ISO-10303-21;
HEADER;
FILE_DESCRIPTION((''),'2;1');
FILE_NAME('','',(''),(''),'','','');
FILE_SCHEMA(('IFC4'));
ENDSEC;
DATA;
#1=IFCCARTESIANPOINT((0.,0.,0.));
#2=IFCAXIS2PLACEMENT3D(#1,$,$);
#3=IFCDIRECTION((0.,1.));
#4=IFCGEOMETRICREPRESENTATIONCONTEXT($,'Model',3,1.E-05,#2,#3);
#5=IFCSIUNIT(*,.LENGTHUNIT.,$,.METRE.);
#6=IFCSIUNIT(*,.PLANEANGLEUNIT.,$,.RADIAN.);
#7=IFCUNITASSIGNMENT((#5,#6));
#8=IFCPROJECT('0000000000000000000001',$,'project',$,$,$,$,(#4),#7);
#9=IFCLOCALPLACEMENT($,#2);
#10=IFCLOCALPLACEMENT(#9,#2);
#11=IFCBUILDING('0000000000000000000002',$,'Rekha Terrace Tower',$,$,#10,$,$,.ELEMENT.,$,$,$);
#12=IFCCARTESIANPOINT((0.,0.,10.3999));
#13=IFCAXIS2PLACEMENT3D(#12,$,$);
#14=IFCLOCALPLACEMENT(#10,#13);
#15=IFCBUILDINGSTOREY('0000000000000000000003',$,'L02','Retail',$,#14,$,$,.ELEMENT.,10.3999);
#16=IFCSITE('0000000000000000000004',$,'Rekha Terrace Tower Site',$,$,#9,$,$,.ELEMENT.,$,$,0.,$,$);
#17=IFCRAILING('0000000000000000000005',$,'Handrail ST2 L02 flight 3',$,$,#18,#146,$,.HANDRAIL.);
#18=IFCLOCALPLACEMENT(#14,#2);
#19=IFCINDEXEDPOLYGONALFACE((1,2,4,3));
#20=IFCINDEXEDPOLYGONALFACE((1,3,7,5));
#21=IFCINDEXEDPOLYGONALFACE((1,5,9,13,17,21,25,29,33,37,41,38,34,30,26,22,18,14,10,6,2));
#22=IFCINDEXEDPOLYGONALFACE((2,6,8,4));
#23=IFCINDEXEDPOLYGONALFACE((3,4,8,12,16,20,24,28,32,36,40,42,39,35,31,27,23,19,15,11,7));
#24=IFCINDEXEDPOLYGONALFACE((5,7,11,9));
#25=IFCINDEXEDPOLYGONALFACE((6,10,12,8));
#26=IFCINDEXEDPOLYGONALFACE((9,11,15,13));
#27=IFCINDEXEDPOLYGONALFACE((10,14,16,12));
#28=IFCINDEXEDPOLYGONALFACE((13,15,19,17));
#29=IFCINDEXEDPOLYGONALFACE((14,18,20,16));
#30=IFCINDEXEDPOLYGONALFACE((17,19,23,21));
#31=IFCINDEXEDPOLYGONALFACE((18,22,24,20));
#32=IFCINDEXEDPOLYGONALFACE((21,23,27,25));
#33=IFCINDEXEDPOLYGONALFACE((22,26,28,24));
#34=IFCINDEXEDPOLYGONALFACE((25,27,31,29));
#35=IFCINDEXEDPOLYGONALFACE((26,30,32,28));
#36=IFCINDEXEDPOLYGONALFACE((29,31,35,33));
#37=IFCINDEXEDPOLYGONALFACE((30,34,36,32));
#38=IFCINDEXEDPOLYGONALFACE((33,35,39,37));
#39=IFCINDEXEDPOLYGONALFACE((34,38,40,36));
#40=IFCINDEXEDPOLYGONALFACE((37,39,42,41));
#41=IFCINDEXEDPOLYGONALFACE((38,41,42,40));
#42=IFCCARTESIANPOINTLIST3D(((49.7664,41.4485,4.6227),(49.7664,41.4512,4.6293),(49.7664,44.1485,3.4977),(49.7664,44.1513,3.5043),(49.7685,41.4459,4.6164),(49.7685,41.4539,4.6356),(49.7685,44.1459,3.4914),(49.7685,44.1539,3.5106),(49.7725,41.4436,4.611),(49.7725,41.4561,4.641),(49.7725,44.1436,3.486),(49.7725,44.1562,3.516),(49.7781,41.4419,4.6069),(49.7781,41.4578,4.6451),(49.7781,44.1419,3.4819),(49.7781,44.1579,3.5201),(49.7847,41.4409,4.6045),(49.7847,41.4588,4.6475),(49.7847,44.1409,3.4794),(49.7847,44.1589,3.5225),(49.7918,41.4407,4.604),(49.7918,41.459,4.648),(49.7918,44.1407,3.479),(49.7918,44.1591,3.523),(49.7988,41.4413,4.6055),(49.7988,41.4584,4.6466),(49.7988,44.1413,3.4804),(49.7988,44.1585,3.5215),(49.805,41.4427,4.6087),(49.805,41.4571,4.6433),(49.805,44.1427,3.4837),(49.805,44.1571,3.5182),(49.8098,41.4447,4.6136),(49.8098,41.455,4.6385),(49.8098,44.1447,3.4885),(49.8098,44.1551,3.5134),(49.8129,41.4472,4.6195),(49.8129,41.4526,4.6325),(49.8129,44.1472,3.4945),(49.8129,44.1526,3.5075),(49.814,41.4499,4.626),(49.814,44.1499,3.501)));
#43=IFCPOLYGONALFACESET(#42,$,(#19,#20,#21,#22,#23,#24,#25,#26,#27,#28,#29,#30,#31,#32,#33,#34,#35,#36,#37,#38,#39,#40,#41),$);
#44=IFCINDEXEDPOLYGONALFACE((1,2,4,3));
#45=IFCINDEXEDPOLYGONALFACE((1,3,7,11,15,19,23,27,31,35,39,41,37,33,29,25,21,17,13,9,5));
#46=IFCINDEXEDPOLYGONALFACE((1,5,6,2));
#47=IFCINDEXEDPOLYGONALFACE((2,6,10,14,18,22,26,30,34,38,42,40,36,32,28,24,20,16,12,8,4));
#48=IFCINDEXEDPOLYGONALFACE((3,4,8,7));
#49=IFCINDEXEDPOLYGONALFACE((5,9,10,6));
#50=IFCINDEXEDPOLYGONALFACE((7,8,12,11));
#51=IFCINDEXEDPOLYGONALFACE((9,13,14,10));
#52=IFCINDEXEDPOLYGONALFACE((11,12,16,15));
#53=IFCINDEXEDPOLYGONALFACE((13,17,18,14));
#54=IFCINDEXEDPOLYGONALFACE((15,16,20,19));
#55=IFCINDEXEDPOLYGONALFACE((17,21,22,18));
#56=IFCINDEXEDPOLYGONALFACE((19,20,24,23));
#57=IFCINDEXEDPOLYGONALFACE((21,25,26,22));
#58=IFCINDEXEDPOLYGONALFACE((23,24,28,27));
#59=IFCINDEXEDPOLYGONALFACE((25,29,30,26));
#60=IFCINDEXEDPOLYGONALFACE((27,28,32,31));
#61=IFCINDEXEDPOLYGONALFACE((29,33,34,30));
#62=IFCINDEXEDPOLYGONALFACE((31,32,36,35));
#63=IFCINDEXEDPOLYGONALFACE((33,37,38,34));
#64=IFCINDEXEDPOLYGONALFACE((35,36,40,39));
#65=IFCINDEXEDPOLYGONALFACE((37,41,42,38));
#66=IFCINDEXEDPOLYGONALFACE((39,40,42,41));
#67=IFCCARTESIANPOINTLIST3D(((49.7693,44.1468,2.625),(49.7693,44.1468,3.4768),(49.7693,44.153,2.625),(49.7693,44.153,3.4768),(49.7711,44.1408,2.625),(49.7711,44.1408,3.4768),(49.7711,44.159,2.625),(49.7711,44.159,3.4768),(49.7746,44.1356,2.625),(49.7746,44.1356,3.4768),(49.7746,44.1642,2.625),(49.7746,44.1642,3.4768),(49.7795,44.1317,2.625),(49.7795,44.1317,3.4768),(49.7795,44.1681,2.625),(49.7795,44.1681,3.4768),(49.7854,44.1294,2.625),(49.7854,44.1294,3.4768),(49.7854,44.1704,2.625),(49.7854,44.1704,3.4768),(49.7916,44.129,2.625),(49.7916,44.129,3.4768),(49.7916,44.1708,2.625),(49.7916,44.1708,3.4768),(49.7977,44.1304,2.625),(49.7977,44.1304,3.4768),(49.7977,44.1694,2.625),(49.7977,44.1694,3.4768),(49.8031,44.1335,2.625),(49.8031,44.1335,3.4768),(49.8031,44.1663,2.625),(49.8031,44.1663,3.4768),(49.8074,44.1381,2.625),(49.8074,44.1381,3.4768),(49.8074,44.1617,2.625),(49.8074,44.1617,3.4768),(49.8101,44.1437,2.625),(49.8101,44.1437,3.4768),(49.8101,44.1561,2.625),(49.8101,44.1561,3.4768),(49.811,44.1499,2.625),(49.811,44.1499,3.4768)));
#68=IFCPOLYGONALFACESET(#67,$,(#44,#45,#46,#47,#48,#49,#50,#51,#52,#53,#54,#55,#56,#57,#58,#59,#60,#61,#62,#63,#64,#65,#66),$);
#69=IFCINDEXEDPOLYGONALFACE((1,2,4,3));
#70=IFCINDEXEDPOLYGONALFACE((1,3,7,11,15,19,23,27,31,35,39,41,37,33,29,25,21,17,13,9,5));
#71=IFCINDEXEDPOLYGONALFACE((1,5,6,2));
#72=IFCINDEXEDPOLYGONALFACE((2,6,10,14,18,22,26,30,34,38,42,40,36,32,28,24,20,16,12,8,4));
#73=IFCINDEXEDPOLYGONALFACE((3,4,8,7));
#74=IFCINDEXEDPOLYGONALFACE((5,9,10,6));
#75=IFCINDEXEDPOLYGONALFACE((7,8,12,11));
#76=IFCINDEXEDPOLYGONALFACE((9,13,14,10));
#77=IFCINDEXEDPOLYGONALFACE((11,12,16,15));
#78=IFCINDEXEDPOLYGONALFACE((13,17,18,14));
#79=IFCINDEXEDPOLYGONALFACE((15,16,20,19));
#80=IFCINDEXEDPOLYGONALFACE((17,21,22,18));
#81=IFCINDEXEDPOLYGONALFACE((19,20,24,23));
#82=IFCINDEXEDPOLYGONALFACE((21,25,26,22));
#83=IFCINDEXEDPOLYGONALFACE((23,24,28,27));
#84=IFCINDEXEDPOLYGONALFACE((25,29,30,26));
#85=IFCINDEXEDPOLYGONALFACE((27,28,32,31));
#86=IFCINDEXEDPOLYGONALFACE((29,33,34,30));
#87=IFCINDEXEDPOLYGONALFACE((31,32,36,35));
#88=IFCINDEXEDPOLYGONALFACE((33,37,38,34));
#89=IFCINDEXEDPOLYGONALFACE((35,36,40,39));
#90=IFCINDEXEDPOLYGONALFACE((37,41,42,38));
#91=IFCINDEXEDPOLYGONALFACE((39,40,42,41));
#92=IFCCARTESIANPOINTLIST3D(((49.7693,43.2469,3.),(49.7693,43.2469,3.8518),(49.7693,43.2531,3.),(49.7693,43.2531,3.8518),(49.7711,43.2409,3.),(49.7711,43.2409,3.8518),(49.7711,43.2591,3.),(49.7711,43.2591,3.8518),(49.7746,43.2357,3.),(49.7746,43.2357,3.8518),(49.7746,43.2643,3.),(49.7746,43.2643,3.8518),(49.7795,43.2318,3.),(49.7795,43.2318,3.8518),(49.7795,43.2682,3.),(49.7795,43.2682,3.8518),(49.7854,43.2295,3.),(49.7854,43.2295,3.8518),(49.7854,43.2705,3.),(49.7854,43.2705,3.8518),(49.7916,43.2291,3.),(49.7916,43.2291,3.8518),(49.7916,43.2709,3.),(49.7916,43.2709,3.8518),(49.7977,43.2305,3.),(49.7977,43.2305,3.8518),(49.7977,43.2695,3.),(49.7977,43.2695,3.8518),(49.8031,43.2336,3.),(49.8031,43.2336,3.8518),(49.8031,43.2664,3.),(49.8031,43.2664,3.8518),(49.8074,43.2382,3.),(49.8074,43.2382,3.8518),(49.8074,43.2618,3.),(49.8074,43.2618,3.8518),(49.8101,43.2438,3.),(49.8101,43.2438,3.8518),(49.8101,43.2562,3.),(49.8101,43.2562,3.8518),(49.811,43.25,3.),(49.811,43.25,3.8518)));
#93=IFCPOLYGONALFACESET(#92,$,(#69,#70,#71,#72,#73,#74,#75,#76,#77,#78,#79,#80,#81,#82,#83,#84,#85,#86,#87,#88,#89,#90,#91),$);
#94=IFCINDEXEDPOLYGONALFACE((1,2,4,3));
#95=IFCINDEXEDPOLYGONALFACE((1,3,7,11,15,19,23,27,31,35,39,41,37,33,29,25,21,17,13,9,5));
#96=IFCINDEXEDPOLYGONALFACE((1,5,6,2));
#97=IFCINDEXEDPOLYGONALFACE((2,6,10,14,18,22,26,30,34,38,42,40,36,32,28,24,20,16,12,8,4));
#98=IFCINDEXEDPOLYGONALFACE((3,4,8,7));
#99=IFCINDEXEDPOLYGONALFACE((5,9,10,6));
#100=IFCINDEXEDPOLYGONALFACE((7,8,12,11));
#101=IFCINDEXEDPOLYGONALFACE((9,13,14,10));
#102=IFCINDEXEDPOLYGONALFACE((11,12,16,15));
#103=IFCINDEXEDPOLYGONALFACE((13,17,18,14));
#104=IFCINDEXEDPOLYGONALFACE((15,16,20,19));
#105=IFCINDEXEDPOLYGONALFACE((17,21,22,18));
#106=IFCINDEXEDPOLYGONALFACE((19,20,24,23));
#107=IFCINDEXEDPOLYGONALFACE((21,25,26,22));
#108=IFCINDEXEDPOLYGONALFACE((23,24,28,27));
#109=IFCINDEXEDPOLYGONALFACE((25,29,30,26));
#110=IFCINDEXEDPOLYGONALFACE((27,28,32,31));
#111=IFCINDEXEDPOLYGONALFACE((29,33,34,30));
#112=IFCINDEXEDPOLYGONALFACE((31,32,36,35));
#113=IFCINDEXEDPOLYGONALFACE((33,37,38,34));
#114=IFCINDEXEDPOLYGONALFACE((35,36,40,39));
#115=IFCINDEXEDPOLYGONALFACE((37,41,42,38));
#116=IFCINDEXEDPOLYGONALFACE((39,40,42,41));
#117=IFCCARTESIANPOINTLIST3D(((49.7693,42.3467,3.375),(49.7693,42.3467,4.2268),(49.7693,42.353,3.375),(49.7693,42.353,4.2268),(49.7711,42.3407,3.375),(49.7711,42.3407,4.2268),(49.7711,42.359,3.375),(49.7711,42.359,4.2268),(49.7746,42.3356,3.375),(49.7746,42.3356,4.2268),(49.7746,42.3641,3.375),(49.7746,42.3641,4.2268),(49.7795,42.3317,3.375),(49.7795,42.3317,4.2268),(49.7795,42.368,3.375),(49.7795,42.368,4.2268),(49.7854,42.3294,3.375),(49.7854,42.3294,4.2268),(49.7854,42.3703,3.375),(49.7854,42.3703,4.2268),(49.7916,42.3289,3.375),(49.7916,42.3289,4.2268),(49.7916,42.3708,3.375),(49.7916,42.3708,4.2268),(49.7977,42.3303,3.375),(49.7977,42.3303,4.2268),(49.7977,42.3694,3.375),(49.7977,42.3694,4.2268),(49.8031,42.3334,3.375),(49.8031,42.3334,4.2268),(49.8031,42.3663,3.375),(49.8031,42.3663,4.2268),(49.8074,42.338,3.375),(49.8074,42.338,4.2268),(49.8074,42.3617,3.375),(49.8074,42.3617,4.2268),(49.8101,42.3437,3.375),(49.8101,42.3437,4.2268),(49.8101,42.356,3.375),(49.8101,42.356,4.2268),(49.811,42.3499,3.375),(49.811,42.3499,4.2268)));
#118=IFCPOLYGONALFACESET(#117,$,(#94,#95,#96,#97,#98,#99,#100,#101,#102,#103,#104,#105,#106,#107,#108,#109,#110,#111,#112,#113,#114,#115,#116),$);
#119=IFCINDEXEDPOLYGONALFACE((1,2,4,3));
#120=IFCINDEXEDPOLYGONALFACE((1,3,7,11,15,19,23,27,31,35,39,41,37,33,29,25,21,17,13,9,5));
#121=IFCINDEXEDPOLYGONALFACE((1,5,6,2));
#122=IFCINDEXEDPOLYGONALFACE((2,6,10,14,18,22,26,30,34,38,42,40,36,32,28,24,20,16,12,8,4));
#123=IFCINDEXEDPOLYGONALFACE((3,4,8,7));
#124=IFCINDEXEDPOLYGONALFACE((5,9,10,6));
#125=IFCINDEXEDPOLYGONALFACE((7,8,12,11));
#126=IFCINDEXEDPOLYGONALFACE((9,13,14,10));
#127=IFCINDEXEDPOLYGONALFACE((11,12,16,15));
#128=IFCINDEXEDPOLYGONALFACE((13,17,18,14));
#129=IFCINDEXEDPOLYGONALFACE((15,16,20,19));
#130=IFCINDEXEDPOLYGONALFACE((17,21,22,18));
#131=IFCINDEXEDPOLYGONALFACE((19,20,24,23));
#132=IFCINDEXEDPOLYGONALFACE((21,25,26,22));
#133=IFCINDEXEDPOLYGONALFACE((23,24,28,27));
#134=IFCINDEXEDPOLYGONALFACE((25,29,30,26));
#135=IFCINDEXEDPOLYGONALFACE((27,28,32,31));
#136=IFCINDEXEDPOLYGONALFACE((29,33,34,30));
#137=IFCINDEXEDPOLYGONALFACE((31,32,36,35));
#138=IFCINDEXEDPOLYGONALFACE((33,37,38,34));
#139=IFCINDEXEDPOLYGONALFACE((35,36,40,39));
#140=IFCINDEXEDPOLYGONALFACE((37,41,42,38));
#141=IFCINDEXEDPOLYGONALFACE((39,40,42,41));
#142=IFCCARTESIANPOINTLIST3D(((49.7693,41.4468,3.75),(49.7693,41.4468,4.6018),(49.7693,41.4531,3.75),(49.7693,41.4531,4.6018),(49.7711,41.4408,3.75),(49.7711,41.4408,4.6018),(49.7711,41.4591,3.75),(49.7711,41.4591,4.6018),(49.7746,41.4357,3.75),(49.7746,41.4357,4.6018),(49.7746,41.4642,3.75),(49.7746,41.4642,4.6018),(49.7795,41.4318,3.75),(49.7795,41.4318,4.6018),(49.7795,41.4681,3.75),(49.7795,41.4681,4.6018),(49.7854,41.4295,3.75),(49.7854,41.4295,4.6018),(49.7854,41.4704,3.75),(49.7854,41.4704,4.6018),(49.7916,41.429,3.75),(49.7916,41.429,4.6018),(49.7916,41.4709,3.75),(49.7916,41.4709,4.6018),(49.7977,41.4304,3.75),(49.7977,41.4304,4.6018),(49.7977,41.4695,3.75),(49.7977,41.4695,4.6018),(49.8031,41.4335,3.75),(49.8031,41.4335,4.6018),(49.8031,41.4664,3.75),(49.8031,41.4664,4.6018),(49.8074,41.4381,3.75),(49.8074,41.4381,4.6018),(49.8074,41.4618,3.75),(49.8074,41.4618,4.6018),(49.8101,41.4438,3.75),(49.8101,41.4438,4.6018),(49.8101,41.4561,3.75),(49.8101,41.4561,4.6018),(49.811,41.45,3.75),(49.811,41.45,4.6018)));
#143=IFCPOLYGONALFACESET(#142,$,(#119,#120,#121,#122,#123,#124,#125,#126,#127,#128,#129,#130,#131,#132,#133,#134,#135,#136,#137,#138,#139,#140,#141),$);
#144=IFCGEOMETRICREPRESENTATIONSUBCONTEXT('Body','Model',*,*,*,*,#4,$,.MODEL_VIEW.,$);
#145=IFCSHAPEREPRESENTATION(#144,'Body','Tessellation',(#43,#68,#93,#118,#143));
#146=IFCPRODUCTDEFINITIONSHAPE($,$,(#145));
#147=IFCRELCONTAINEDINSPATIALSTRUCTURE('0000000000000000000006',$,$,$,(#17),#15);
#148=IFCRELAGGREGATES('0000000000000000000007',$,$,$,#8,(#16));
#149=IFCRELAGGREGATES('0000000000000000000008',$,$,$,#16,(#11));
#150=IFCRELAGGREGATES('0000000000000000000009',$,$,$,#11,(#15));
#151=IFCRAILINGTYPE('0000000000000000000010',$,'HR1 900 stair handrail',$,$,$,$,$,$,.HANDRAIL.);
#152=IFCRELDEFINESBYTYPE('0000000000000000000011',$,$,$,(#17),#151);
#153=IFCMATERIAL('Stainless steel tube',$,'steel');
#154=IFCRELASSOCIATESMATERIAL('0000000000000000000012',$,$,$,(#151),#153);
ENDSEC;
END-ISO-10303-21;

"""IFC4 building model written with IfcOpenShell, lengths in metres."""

from ifc_helpers import new_model, si_unit, direction, frame, origin, origin_2d, place, context, subcontext, project, spatial, circle, extrude, material, type_object, element, save


model = new_model("IFC4")

# Units and contexts
model_context = context("Model", 3, precision=1e-05, world=origin(), true_north=direction((0.0, 1.0)))
body_context = subcontext(model_context, "Body", "Model", "MODEL_VIEW")
ifc_project = project(units=[si_unit("LENGTHUNIT", "METRE"), si_unit("PLANEANGLEUNIT", "RADIAN")], contexts=[model_context])

# Site, building, storey
site_placement = place(None, origin())
site = spatial("IfcSite", under=ifc_project, at=site_placement, Name="Rekha Terrace Tower Site", CompositionType="ELEMENT", RefElevation=0.0)
building_placement = place(site_placement, origin())
building = spatial("IfcBuilding", under=site, at=building_placement, Name="Rekha Terrace Tower", CompositionType="ELEMENT")
storey_placement = place(building_placement, frame((0.0, 0.0, 10.3999)))
storey = spatial("IfcBuildingStorey", under=building, at=storey_placement, Name="L02", Description="Retail", CompositionType="ELEMENT", Elevation=10.3999)

# Railing
ifc_material_1 = material(Name="Stainless steel tube", Category="steel")
railing_type_1 = type_object("IfcRailingType", Name="HR1 900 stair handrail", PredefinedType="HANDRAIL", material=ifc_material_1)
railing_1_placement = place(storey_placement, frame((49.79, 44.1499, 2.625)))
element("IfcRailing", 1, at=railing_1_placement, inside=storey, type_object=railing_type_1, Name="Handrail ST2 L02 flight 3", PredefinedType="HANDRAIL", context=body_context, shape_type="SweptSolid", body=[
    extrude(circle(Radius=0.0239, at=origin_2d()), frame((0.0, 0.0, 0.876), z_axis=(0.0, -0.923074, 0.384621), x_axis=(1.0, 0.0, 0.0)), (0.0, 0.0, 1.0), 2.925),
    extrude(circle(Radius=0.021, at=origin_2d()), origin(), (0.0, 0.0, 1.0), 0.8518),
    extrude(circle(Radius=0.021, at=origin_2d()), frame((0.0, -0.8999, 0.375)), (0.0, 0.0, 1.0), 0.8518),
    extrude(circle(Radius=0.021, at=origin_2d()), frame((0.0, -1.8, 0.75)), (0.0, 0.0, 1.0), 0.8518),
    extrude(circle(Radius=0.021, at=origin_2d()), frame((0.0, -2.7, 1.125)), (0.0, 0.0, 1.0), 0.8518),
])

save(model, "model.ifc")
